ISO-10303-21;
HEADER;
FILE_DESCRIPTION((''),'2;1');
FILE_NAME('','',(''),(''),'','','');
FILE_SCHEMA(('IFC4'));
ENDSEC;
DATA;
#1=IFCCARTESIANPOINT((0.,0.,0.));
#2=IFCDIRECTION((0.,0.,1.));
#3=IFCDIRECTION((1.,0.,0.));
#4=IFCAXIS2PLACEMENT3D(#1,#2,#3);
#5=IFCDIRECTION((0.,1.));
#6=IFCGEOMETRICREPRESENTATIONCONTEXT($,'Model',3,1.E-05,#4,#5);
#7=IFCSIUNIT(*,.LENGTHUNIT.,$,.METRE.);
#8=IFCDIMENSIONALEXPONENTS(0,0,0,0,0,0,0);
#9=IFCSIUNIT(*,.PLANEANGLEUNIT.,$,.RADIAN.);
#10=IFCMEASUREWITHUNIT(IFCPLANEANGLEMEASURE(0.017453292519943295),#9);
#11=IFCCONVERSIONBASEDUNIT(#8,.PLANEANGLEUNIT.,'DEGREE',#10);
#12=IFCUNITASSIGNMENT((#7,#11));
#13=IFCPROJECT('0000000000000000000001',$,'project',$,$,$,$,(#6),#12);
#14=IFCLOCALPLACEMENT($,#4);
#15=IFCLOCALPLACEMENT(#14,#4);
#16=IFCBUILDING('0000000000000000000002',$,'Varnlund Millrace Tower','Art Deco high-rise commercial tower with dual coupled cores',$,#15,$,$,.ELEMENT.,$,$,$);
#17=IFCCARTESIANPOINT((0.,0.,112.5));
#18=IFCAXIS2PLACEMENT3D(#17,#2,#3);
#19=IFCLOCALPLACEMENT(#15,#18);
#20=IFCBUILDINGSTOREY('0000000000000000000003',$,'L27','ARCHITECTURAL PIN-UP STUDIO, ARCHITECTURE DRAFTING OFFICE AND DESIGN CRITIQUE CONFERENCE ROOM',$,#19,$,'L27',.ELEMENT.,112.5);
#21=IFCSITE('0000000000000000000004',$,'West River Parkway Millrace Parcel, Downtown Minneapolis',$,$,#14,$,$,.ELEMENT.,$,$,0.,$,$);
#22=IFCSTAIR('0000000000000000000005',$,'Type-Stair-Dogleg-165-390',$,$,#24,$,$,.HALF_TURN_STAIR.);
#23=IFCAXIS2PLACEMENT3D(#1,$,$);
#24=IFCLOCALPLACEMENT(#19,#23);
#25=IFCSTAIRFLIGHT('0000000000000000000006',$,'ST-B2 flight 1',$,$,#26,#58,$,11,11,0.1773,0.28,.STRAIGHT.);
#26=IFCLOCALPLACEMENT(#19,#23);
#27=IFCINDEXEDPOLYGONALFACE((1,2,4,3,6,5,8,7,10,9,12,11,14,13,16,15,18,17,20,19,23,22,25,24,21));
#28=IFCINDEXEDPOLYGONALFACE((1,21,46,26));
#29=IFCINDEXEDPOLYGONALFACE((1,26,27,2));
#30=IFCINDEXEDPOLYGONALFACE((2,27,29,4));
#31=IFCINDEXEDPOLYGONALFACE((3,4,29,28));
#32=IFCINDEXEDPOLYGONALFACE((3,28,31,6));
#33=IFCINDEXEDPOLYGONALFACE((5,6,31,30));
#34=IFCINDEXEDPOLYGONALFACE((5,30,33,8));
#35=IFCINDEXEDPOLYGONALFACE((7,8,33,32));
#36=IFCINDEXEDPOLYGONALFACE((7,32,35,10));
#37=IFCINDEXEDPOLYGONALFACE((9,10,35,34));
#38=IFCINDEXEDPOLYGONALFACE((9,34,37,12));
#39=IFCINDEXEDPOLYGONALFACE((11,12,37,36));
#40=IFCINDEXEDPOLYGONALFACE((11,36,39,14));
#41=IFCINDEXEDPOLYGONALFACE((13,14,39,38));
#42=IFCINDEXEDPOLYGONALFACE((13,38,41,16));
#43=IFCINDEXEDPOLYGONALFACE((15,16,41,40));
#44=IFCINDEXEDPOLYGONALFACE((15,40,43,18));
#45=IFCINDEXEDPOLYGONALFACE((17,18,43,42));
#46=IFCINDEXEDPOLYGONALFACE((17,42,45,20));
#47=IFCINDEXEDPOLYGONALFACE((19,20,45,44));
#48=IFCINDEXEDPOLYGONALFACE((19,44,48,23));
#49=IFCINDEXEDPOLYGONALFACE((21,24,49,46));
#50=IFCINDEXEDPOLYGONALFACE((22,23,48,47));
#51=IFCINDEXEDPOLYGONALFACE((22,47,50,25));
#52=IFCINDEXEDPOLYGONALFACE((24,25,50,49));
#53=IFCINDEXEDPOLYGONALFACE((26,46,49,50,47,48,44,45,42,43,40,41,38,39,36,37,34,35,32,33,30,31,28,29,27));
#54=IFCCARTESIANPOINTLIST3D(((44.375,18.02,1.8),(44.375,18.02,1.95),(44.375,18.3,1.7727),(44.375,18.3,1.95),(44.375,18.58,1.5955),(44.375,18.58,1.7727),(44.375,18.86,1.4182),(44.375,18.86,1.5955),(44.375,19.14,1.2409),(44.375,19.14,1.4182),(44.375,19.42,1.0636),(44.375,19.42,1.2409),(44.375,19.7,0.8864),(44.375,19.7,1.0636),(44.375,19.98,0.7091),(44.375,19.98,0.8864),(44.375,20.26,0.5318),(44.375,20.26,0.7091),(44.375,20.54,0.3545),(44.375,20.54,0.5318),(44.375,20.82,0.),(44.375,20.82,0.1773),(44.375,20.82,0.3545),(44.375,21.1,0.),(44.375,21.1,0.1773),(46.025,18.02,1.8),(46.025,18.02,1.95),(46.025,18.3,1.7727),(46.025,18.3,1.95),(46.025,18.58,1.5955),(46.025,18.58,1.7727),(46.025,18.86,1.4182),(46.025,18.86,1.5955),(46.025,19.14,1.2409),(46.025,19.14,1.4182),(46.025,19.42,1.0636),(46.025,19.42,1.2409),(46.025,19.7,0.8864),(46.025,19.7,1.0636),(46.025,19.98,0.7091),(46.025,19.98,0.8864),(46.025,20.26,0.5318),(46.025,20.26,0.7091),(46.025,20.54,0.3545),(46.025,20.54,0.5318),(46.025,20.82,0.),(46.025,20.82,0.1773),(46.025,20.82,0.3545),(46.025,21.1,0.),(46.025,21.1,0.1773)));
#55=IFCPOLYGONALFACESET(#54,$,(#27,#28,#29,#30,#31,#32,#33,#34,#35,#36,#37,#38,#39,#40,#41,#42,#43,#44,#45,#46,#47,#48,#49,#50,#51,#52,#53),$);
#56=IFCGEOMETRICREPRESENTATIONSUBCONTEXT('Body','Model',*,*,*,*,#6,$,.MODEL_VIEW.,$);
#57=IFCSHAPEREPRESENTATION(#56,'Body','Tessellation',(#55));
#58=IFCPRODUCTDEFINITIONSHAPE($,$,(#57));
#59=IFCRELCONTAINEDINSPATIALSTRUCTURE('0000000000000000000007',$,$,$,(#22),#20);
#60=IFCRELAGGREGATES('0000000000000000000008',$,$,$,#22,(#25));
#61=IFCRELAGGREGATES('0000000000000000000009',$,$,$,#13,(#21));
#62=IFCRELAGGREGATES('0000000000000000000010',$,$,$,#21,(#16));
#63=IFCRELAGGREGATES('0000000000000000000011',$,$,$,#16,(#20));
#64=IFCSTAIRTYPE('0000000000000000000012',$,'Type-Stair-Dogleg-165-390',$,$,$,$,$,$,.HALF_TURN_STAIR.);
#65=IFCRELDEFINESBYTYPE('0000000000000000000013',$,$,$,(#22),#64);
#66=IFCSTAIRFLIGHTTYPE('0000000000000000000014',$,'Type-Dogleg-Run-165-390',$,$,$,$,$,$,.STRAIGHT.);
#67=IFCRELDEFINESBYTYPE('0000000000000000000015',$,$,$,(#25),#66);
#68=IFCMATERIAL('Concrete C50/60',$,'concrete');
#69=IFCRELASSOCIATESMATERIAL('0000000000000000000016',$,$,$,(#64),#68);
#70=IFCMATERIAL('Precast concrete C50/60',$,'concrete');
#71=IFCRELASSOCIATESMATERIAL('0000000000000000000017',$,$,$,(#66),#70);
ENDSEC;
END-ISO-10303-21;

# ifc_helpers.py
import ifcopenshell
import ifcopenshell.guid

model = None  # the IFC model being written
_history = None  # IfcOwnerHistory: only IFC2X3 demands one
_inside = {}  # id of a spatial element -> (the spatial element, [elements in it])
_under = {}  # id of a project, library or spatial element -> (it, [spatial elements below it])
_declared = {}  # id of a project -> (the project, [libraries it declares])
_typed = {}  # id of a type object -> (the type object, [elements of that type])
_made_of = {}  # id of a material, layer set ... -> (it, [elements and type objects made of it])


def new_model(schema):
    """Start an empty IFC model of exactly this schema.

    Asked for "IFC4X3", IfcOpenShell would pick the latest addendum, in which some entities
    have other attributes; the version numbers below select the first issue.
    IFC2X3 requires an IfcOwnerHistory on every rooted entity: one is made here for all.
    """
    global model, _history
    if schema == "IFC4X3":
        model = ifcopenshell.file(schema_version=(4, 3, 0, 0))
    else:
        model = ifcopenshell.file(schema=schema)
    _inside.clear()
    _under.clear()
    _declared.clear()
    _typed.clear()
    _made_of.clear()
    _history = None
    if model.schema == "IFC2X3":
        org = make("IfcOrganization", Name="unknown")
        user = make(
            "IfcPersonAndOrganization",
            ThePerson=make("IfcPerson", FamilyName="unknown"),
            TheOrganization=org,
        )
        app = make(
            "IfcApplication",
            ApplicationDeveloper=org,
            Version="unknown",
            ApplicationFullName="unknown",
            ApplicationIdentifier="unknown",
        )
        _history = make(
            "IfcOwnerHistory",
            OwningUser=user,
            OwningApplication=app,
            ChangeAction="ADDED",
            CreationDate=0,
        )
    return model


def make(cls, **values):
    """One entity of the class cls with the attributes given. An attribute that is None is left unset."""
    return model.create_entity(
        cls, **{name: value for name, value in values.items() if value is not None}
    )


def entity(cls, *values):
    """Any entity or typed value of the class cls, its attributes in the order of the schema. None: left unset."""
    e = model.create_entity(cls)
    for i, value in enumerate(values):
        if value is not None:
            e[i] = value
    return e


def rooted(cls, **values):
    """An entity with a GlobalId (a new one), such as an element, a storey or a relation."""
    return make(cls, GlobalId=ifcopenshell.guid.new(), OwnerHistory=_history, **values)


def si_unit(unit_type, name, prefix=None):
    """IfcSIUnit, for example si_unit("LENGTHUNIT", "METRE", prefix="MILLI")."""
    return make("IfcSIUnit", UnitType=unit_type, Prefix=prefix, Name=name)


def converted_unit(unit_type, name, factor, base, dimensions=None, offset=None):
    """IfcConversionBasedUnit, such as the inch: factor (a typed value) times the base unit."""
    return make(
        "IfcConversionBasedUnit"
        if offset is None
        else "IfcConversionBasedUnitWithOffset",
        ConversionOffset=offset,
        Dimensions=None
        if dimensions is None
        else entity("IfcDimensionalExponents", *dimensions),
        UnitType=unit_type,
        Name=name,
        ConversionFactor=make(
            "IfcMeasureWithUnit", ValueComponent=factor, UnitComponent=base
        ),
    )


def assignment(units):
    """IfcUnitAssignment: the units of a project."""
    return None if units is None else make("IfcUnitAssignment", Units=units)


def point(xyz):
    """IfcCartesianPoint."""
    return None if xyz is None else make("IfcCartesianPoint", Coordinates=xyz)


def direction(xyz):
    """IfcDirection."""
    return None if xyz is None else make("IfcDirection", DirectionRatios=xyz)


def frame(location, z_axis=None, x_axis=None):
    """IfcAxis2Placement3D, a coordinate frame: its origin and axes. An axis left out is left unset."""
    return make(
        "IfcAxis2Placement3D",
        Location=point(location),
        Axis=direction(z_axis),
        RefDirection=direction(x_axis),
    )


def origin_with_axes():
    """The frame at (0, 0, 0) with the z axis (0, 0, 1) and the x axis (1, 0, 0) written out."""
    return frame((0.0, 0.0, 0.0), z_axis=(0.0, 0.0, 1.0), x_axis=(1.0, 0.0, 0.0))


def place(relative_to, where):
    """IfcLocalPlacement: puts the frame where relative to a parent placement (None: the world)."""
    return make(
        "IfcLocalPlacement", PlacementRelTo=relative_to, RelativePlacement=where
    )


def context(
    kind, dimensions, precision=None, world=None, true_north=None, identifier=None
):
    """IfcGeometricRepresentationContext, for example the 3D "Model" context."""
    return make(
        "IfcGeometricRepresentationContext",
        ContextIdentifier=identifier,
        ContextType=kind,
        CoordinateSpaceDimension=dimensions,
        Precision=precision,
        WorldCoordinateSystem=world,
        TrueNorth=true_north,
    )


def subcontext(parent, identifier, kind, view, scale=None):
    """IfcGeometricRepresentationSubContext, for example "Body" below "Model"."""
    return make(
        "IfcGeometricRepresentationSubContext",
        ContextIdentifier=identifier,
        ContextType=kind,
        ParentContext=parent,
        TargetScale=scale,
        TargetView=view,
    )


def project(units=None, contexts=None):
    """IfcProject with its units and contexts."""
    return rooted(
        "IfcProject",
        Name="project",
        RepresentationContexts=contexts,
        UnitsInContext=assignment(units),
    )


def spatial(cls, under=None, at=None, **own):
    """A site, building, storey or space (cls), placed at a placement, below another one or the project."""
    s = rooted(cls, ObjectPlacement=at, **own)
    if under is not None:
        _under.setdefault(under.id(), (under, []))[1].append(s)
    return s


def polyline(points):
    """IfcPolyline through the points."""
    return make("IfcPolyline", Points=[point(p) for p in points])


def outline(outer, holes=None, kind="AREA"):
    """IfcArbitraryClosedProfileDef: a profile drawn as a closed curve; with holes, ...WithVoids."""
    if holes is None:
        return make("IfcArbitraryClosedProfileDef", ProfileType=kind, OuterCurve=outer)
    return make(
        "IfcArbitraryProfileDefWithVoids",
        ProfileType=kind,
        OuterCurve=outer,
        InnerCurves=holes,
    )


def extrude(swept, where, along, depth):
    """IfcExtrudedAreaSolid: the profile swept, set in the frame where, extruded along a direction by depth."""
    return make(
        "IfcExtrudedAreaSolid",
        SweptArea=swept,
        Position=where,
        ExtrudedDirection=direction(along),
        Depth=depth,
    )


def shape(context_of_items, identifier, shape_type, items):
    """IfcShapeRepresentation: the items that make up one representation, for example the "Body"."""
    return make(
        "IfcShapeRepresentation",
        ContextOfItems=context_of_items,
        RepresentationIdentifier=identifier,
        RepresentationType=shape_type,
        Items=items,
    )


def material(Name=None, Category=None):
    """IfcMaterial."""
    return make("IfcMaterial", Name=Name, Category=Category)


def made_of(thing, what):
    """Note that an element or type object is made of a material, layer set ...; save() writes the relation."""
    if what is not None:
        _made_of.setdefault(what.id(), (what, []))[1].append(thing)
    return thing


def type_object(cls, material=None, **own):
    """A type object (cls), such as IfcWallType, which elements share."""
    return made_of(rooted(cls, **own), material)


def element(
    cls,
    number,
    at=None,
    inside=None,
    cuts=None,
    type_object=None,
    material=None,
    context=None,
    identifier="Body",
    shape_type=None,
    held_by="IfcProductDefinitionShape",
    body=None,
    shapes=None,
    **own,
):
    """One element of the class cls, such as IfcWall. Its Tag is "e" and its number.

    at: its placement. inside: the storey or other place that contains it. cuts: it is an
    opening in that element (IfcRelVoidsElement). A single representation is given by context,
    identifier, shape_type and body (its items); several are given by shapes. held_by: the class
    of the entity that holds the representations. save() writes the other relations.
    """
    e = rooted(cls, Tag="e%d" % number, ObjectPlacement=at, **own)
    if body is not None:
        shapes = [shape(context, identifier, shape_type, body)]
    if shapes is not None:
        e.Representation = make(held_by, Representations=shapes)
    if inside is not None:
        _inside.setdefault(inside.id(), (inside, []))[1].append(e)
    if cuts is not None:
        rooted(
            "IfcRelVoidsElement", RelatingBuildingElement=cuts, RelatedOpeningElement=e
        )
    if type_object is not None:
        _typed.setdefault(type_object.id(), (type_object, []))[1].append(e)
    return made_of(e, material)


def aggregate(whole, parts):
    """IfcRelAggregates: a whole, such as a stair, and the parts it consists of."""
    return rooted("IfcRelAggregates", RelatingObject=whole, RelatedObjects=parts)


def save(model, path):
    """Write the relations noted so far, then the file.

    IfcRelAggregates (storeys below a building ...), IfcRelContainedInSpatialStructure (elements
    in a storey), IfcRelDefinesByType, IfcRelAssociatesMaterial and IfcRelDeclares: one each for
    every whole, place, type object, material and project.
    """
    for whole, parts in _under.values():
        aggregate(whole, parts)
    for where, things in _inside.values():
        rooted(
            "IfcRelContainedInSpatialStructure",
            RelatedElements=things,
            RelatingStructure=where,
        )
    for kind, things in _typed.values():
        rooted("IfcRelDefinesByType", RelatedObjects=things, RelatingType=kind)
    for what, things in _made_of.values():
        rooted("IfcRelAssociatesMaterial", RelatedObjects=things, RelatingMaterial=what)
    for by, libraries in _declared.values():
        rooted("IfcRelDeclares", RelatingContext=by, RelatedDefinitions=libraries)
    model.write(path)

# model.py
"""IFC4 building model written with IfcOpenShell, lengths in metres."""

from ifc_helpers import new_model, entity, si_unit, converted_unit, direction, frame, origin_with_axes, place, context, subcontext, project, spatial, polyline, outline, extrude, material, type_object, element, aggregate, save


model = new_model("IFC4")

# Units and contexts
model_context = context("Model", 3, precision=1e-05, world=origin_with_axes(), true_north=direction((0.0, 1.0)))
body_context = subcontext(model_context, "Body", "Model", "MODEL_VIEW")
ifc_project = project(units=[si_unit("LENGTHUNIT", "METRE"), converted_unit("PLANEANGLEUNIT", "DEGREE", entity("IfcPlaneAngleMeasure", 0.017453292519943295), si_unit("PLANEANGLEUNIT", "RADIAN"), dimensions=[0, 0, 0, 0, 0, 0, 0])], contexts=[model_context])

# Site, building, storey
site_placement = place(None, origin_with_axes())
site = spatial("IfcSite", under=ifc_project, at=site_placement, Name="West River Parkway Millrace Parcel, Downtown Minneapolis", CompositionType="ELEMENT", RefElevation=0.0)
building_placement = place(site_placement, origin_with_axes())
building = spatial("IfcBuilding", under=site, at=building_placement, Name="Varnlund Millrace Tower", Description="Art Deco high-rise commercial tower with dual coupled cores", CompositionType="ELEMENT")
storey_placement = place(building_placement, frame((0.0, 0.0, 112.5), z_axis=(0.0, 0.0, 1.0), x_axis=(1.0, 0.0, 0.0)))
storey = spatial("IfcBuildingStorey", under=building, at=storey_placement, Name="L27", Description="ARCHITECTURAL PIN-UP STUDIO, ARCHITECTURE DRAFTING OFFICE AND DESIGN CRITIQUE CONFERENCE ROOM", LongName="L27", CompositionType="ELEMENT", Elevation=112.5)

# Stair, stair flight
ifc_material_1 = material(Name="Concrete C50/60", Category="concrete")
stair_type = type_object("IfcStairType", Name="Type-Stair-Dogleg-165-390", PredefinedType="HALF_TURN_STAIR", material=ifc_material_1)
ifc_material_2 = material(Name="Precast concrete C50/60", Category="concrete")
stair_flight_type = type_object("IfcStairFlightType", Name="Type-Dogleg-Run-165-390", PredefinedType="STRAIGHT", material=ifc_material_2)
stair_1_placement = place(storey_placement, origin_with_axes())
stair_1 = element("IfcStair", 1, at=stair_1_placement, inside=storey, type_object=stair_type, Name="Type-Stair-Dogleg-165-390", PredefinedType="HALF_TURN_STAIR")
stair_flight_1_placement = place(storey_placement, frame((46.025, 21.1, 0.0), z_axis=(-1.0, 0.0, 0.0), x_axis=(0.0, -1.0, 0.0)))
stair_flight_1 = element("IfcStairFlight", 2, at=stair_flight_1_placement, type_object=stair_flight_type, Name="ST-B2 flight 1", NumberOfRisers=11, NumberOfTreads=11, PredefinedType="STRAIGHT", RiserHeight=0.1773, TreadLength=0.28, context=body_context, shape_type="SweptSolid", body=[
    extrude(outline(polyline([(0.0, 0.0), (0.0, 0.1773), (0.28, 0.1773), (0.28, 0.3545), (0.56, 0.3545), (0.56, 0.5318), (0.84, 0.5318), (0.84, 0.7091), (1.12, 0.7091), (1.12, 0.8864), (1.4, 0.8864), (1.4, 1.0636), (1.68, 1.0636), (1.68, 1.2409), (1.96, 1.2409), (1.96, 1.4182), (2.24, 1.4182), (2.24, 1.5955), (2.52, 1.5955), (2.52, 1.7727), (2.8, 1.7727), (2.8, 1.95), (3.08, 1.95), (3.08, 1.8), (0.28, 0.0), (0.0, 0.0)])), origin_with_axes(), (0.0, 0.0, 1.0), 1.65),
])
aggregate(stair_1, [stair_flight_1])

save(model, "model.ifc")
